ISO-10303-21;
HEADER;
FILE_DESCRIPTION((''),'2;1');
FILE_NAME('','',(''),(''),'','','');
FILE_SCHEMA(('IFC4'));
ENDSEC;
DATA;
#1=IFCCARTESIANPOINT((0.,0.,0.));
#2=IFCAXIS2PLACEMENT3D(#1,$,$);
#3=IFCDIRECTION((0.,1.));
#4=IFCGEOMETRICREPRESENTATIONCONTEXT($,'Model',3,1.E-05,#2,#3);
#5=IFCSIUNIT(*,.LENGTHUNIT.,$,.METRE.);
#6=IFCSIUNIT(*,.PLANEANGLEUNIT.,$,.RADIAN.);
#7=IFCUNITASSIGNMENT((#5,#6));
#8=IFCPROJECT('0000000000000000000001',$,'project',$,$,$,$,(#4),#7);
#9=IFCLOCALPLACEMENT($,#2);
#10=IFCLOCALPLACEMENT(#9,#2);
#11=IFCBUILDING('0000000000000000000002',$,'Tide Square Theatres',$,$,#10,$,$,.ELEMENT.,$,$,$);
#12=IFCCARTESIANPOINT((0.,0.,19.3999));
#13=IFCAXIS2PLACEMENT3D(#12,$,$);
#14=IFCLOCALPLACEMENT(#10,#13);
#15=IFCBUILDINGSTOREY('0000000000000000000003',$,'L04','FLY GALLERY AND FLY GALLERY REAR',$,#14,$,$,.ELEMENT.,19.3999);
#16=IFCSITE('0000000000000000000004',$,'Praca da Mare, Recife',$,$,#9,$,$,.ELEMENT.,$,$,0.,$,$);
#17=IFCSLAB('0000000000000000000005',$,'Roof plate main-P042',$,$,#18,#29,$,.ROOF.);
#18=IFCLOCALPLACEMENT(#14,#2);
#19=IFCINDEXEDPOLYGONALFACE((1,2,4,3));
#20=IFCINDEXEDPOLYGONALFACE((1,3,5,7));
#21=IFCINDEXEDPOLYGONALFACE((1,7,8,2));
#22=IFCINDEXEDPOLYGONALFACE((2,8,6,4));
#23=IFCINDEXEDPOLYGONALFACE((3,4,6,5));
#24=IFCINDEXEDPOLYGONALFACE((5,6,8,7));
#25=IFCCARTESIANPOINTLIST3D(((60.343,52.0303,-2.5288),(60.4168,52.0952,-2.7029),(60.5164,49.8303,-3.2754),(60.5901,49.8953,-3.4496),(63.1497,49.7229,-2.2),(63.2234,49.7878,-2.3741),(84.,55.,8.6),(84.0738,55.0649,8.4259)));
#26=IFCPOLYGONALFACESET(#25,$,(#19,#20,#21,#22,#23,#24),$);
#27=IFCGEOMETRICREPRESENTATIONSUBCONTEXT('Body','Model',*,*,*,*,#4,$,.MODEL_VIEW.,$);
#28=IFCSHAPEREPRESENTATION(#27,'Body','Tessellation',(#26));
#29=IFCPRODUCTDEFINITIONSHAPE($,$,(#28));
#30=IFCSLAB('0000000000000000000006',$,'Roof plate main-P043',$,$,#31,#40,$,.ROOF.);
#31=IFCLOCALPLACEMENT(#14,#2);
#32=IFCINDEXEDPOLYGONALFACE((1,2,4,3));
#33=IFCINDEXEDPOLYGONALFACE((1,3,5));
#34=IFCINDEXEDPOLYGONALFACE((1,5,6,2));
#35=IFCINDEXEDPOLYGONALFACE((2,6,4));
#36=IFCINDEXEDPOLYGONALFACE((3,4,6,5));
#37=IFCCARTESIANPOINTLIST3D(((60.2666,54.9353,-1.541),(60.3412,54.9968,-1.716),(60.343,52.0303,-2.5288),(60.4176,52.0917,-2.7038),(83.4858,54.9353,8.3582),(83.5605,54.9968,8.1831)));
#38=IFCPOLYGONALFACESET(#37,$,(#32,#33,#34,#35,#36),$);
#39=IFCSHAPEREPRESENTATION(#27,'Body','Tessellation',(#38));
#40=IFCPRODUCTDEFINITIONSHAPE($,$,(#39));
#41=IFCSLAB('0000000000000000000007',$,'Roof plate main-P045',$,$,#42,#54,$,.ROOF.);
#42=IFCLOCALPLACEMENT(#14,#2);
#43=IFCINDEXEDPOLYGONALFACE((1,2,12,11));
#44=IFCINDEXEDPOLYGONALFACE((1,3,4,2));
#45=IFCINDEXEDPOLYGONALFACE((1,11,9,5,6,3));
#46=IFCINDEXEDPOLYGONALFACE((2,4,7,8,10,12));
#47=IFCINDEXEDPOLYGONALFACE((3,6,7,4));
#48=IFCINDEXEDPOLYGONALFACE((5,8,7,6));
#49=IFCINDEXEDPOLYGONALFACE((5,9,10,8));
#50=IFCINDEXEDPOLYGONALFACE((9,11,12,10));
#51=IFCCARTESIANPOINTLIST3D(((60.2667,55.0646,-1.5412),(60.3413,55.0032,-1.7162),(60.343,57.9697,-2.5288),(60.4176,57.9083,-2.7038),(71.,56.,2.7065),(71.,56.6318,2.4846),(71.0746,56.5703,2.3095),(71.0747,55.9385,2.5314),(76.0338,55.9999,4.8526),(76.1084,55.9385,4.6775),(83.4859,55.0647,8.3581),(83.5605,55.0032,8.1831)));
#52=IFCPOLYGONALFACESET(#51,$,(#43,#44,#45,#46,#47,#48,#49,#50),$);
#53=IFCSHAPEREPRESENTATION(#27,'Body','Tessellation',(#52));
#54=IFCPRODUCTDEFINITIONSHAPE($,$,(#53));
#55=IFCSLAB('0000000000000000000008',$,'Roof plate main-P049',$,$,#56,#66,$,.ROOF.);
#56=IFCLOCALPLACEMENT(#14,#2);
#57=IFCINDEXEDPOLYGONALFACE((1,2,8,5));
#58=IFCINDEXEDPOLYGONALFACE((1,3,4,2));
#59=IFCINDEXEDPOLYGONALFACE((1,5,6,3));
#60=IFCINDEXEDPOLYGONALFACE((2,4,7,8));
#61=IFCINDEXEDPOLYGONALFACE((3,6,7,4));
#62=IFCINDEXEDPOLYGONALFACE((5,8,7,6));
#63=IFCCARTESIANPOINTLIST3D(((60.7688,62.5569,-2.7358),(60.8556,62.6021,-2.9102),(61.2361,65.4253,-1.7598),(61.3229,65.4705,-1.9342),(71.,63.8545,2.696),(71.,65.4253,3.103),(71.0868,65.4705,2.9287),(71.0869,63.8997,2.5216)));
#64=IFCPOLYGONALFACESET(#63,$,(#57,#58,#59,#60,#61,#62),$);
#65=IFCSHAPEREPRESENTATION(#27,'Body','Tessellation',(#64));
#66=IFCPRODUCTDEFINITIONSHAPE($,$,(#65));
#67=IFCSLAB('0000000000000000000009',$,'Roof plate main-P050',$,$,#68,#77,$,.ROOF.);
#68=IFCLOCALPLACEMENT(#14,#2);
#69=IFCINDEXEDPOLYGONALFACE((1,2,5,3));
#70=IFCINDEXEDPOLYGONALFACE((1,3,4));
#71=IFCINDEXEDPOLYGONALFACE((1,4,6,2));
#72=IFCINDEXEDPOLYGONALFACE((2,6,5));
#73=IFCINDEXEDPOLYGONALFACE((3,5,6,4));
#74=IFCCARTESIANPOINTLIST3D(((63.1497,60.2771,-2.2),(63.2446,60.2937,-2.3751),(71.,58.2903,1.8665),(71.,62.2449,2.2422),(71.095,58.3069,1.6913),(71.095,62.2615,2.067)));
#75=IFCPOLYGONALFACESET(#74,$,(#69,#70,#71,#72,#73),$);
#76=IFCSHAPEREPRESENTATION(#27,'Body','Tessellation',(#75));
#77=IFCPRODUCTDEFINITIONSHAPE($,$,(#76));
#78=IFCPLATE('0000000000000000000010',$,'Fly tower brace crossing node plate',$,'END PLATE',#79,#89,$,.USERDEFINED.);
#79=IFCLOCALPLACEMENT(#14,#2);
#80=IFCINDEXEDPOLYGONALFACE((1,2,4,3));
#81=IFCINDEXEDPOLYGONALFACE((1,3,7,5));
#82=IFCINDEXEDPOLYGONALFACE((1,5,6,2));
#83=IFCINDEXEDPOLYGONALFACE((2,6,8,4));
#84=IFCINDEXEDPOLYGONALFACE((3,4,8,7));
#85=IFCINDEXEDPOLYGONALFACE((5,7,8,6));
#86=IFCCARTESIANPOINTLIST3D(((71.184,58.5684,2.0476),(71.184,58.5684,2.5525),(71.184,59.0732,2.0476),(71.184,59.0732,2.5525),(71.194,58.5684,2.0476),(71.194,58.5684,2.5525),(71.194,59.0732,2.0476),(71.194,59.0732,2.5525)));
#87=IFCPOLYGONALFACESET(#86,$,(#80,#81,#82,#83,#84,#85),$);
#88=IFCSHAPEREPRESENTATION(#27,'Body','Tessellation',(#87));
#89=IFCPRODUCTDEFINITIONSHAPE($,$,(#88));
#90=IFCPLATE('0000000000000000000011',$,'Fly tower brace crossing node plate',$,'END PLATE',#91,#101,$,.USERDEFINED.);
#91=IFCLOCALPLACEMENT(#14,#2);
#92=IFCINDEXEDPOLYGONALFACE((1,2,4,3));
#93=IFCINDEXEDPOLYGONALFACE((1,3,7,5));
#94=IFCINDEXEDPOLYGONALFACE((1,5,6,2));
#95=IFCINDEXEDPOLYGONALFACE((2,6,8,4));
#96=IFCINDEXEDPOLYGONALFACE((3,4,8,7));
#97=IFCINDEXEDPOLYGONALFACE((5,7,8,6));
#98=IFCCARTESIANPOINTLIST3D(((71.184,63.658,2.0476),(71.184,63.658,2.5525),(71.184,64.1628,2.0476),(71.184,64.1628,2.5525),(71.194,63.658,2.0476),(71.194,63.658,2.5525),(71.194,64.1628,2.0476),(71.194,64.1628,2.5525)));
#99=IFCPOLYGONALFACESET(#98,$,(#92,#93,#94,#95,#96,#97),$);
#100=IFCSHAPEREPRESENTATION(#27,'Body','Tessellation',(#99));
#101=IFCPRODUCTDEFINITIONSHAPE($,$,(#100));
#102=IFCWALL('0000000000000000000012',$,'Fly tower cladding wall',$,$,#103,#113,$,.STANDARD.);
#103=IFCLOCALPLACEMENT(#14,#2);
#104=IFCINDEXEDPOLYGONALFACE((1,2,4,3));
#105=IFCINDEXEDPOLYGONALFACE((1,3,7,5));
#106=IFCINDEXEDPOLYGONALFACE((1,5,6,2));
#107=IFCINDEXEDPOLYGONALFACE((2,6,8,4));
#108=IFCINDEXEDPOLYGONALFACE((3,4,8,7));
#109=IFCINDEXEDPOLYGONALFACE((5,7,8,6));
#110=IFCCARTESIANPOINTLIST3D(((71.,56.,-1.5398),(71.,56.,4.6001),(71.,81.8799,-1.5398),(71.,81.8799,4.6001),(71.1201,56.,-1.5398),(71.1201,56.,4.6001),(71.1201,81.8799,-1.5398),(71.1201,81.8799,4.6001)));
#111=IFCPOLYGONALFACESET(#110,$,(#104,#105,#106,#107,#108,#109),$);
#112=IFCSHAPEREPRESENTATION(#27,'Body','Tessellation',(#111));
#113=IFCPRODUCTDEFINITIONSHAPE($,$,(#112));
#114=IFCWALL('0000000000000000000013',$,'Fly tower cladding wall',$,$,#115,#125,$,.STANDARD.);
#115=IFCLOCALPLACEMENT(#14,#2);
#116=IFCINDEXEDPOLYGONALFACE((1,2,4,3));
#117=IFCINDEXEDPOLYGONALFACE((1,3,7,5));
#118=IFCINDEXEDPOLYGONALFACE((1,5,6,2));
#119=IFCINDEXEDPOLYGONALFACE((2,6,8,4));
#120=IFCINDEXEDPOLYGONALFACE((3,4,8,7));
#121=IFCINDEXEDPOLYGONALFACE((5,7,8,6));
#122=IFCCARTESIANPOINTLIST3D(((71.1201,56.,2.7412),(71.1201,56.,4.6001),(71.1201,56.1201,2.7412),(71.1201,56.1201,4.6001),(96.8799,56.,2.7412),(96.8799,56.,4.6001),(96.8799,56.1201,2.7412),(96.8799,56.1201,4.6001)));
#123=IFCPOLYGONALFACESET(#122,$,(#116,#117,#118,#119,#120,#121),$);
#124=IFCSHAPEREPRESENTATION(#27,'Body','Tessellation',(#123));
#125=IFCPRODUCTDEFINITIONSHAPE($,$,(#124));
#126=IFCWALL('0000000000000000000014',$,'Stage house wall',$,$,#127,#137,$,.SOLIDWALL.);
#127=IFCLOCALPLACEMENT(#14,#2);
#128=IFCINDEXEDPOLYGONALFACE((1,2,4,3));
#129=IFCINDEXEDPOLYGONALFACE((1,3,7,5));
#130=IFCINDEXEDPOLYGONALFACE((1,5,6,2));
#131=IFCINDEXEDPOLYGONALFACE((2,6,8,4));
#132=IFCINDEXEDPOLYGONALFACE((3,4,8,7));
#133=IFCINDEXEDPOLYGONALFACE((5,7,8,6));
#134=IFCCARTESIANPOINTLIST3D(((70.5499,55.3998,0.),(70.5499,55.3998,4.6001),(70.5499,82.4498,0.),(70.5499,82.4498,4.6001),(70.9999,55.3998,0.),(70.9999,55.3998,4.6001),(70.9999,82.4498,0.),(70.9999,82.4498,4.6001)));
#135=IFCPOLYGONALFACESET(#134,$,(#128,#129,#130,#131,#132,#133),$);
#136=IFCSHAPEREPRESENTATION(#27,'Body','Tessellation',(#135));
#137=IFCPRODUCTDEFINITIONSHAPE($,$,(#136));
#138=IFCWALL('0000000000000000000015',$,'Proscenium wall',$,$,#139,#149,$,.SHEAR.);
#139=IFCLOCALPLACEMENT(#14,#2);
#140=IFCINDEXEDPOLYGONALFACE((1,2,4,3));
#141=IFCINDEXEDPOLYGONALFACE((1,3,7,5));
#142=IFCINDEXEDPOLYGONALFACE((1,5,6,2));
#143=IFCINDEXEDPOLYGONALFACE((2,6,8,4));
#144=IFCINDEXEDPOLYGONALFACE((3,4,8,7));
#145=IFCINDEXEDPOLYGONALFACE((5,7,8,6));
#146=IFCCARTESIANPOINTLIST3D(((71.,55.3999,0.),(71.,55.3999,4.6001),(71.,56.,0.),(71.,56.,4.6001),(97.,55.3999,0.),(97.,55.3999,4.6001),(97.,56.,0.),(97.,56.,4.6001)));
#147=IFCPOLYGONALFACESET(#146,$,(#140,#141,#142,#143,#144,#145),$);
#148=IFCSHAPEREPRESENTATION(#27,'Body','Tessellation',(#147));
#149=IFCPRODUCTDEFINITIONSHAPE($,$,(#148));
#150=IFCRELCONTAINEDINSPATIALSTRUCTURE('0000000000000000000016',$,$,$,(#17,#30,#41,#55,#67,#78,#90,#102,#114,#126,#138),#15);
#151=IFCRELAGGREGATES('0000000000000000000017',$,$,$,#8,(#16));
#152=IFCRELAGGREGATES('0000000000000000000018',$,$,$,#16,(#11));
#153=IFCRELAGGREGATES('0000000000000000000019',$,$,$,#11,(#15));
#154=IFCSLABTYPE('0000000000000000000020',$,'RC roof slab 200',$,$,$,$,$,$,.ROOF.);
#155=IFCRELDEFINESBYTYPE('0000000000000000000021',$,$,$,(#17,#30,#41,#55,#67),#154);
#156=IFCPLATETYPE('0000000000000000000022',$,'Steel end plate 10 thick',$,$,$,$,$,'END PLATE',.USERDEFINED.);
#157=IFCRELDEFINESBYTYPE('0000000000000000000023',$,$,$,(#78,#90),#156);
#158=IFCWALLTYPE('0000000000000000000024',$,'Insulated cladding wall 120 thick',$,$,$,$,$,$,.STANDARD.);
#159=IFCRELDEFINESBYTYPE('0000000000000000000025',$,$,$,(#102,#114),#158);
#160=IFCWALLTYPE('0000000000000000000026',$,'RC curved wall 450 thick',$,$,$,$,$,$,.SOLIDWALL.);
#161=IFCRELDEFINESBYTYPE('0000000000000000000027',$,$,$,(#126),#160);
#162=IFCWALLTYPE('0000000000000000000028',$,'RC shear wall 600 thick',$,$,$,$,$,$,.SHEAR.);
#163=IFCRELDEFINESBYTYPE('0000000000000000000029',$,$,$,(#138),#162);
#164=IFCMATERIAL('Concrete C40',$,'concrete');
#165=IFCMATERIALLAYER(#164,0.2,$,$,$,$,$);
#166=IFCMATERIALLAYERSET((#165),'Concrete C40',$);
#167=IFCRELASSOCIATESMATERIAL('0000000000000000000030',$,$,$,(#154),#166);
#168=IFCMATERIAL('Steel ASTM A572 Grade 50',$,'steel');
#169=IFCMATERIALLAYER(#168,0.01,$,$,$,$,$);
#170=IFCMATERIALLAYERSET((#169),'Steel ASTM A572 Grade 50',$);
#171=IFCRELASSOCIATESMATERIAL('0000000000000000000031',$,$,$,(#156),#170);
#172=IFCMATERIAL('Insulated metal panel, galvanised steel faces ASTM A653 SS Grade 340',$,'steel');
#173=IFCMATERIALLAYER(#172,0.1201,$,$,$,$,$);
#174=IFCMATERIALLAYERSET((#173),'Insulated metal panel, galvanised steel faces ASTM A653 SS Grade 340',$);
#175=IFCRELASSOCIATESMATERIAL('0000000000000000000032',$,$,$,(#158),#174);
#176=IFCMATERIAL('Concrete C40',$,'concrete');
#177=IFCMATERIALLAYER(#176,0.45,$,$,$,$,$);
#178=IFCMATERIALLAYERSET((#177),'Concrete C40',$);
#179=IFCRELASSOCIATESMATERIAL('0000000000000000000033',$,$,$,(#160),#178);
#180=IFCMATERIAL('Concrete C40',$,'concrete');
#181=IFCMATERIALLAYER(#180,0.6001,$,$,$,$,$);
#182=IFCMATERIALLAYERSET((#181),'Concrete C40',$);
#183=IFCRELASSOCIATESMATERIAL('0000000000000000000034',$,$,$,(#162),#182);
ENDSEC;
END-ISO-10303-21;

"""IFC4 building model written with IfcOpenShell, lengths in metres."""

from ifc_helpers import new_model, si_unit, direction, frame, frame_2d, origin, origin_2d, place, context, subcontext, project, spatial, polyline, rectangle, outline, extrude, material, layer, layer_set, type_object, element, save


model = new_model("IFC4")

# Units and contexts
model_context = context("Model", 3, precision=1e-05, world=origin(), true_north=direction((0.0, 1.0)))
body_context = subcontext(model_context, "Body", "Model", "MODEL_VIEW")
ifc_project = project(units=[si_unit("LENGTHUNIT", "METRE"), si_unit("PLANEANGLEUNIT", "RADIAN")], contexts=[model_context])

# Site, building, storey
site_placement = place(None, origin())
site = spatial("IfcSite", under=ifc_project, at=site_placement, Name="Praca da Mare, Recife", CompositionType="ELEMENT", RefElevation=0.0)
building_placement = place(site_placement, origin())
building = spatial("IfcBuilding", under=site, at=building_placement, Name="Tide Square Theatres", CompositionType="ELEMENT")
storey_placement = place(building_placement, frame((0.0, 0.0, 19.3999)))
storey = spatial("IfcBuildingStorey", under=building, at=storey_placement, Name="L04", Description="FLY GALLERY AND FLY GALLERY REAR", CompositionType="ELEMENT", Elevation=19.3999)

# Slabs
ifc_material_1 = material(Name="Concrete C40", Category="concrete")
ifc_layer_1 = layer(ifc_material_1, 0.2)
ifc_layer_set_1 = layer_set([ifc_layer_1], Name="Concrete C40")
slab_type_1 = type_object("IfcSlabType", Name="RC roof slab 200", PredefinedType="ROOF", material=ifc_layer_set_1)
slab_1_placement = place(storey_placement, frame((63.1497, 49.7229, -2.2), z_axis=(-0.368944, -0.324649, 0.870909), x_axis=(0.866343, 0.219267, 0.448745)))
element("IfcSlab", 1, at=slab_1_placement, inside=storey, type_object=slab_type_1, Name="Roof plate main-P042", PredefinedType="ROOF", context=body_context, shape_type="SweptSolid", body=[
    extrude(outline(polyline([(0.0, 0.0), (24.0671, 0.0), (-2.0732, 3.0019), (-2.7404, 0.7699), (0.0, 0.0)])), origin(), (0.0, 0.0, -1.0), 0.2),
])
slab_2_placement = place(storey_placement, frame((60.343, 52.0303, -2.5288), z_axis=(-0.373184, -0.307454, 0.875332), x_axis=(0.899094, 0.11286, 0.422956)))
element("IfcSlab", 2, at=slab_2_placement, inside=storey, type_object=slab_type_1, Name="Roof plate main-P043", PredefinedType="ROOF", context=body_context, shape_type="SweptSolid", body=[
    extrude(outline(polyline([(0.0, 0.0), (25.7402, 0.0), (0.6769, 2.9937), (0.0, 0.0)])), origin(), (0.0, 0.0, -1.0), 0.2),
])
slab_3_placement = place(storey_placement, frame((60.343, 57.9697, -2.5288), z_axis=(-0.373195, 0.307403, 0.875345), x_axis=(-0.024877, -0.946487, 0.32178)))
element("IfcSlab", 3, at=slab_3_placement, inside=storey, type_object=slab_type_1, Name="Roof plate main-P045", PredefinedType="ROOF", context=body_context, shape_type="SweptSolid", body=[
    extrude(outline(polyline([(0.0, 0.0), (3.0693, 0.0), (5.6771, 25.1063), (3.8492, 17.022), (3.2838, 11.5791), (2.6144, 11.5612), (0.0, 0.0)])), origin(), (0.0, 0.0, -1.0), 0.2),
])
slab_4_placement = place(storey_placement, frame((60.7688, 62.5569, -2.7358), z_axis=(-0.434282, -0.225955, 0.871977), x_axis=(0.877751, 0.111324, 0.466005)))
element("IfcSlab", 4, at=slab_4_placement, inside=storey, type_object=slab_type_1, Name="Roof plate main-P049", PredefinedType="ROOF", context=body_context, shape_type="SweptSolid", body=[
    extrude(outline(polyline([(0.0, 0.0), (11.6562, 0.0), (12.0207, 1.5812), (1.1843, 2.8278), (0.0, 0.0)])), origin(), (0.0, 0.0, -1.0), 0.2),
])
slab_5_placement = place(storey_placement, frame((63.1497, 60.2771, -2.2), z_axis=(-0.474881, -0.08324, 0.876104), x_axis=(0.866339, -0.219259, 0.448756)))
element("IfcSlab", 5, at=slab_5_placement, inside=storey, type_object=slab_type_1, Name="Roof plate main-P050", PredefinedType="ROOF", context=body_context, shape_type="SweptSolid", body=[
    extrude(outline(polyline([(0.0, 0.0), (9.0615, 0.0), (8.363, 3.9105), (0.0, 0.0)])), origin(), (0.0, 0.0, -1.0), 0.2),
])

# Plates
ifc_material_2 = material(Name="Steel ASTM A572 Grade 50", Category="steel")
ifc_layer_2 = layer(ifc_material_2, 0.01)
ifc_layer_set_2 = layer_set([ifc_layer_2], Name="Steel ASTM A572 Grade 50")
plate_type = type_object("IfcPlateType", Name="Steel end plate 10 thick", ElementType="END PLATE", PredefinedType="USERDEFINED", material=ifc_layer_set_2)
for number, where, z_axis, x_axis, name in (
    (6, (71.189, 58.8208, 2.0476), (0.0, 0.0, 1.0), (-1.0, 0.0, 0.0), "Fly tower brace crossing node plate"),
    (7, (71.189, 63.9104, 2.0476), (0.0, 0.0, 1.0), (-1.0, 0.0, 0.0), "Fly tower brace crossing node plate"),
):
    element("IfcPlate", number, at=place(storey_placement, frame(where, z_axis=z_axis, x_axis=x_axis)), inside=storey, type_object=plate_type, Name=name, ObjectType="END PLATE", PredefinedType="USERDEFINED", context=body_context, shape_type="SweptSolid", body=[
        extrude(rectangle(XDim=0.01, YDim=0.5049, at=origin_2d()), origin(), (0.0, 0.0, 1.0), 0.5049),
    ])

# Walls
ifc_material_3 = material(Name="Insulated metal panel, galvanised steel faces ASTM A653 SS Grade 340", Category="steel")
ifc_layer_3 = layer(ifc_material_3, 0.1201)
ifc_layer_set_3 = layer_set([ifc_layer_3], Name="Insulated metal panel, galvanised steel faces ASTM A653 SS Grade 340")
wall_type_1 = type_object("IfcWallType", Name="Insulated cladding wall 120 thick", PredefinedType="STANDARD", material=ifc_layer_set_3)
wall_1_placement = place(storey_placement, frame((71.0601, 56.0, -1.5398), z_axis=(0.0, 0.0, 1.0), x_axis=(0.0, 1.0, 0.0)))
element("IfcWall", 8, at=wall_1_placement, inside=storey, type_object=wall_type_1, Name="Fly tower cladding wall", PredefinedType="STANDARD", context=body_context, shape_type="SweptSolid", body=[
    extrude(rectangle(XDim=25.8799, YDim=0.1201, at=frame_2d((12.9399, 0.0))), origin(), (0.0, 0.0, 1.0), 6.1399),
])
wall_2_placement = place(storey_placement, frame((71.1201, 56.0601, 2.7412), z_axis=(0.0, 0.0, 1.0), x_axis=(1.0, 0.0, 0.0)))
element("IfcWall", 9, at=wall_2_placement, inside=storey, type_object=wall_type_1, Name="Fly tower cladding wall", PredefinedType="STANDARD", context=body_context, shape_type="SweptSolid", body=[
    extrude(rectangle(XDim=25.7598, YDim=0.1201, at=frame_2d((12.8799, 0.0))), origin(), (0.0, 0.0, 1.0), 1.8589),
])
ifc_material_4 = material(Name="Concrete C40", Category="concrete")
ifc_layer_4 = layer(ifc_material_4, 0.45)
ifc_layer_set_4 = layer_set([ifc_layer_4], Name="Concrete C40")
wall_type_2 = type_object("IfcWallType", Name="RC curved wall 450 thick", PredefinedType="SOLIDWALL", material=ifc_layer_set_4)
wall_3_placement = place(storey_placement, frame((70.7749, 55.3999, 0.0), z_axis=(0.0, 0.0, 1.0), x_axis=(0.0, 1.0, 0.0)))
element("IfcWall", 10, at=wall_3_placement, inside=storey, type_object=wall_type_2, Name="Stage house wall", PredefinedType="SOLIDWALL", context=body_context, shape_type="SweptSolid", body=[
    extrude(rectangle(XDim=27.05, YDim=0.45, at=frame_2d((13.5249, 0.0))), origin(), (0.0, 0.0, 1.0), 4.6001),
])
ifc_material_5 = material(Name="Concrete C40", Category="concrete")
ifc_layer_5 = layer(ifc_material_5, 0.6001)
ifc_layer_set_5 = layer_set([ifc_layer_5], Name="Concrete C40")
wall_type_3 = type_object("IfcWallType", Name="RC shear wall 600 thick", PredefinedType="SHEAR", material=ifc_layer_set_5)
wall_4_placement = place(storey_placement, frame((71.0, 55.7, 0.0), z_axis=(0.0, 0.0, 1.0), x_axis=(1.0, 0.0, 0.0)))
element("IfcWall", 11, at=wall_4_placement, inside=storey, type_object=wall_type_3, Name="Proscenium wall", PredefinedType="SHEAR", context=body_context, shape_type="SweptSolid", body=[
    extrude(rectangle(XDim=26.0, YDim=0.6001, at=frame_2d((13.0, 0.0))), origin(), (0.0, 0.0, 1.0), 4.6001),
])

save(model, "model.ifc")
